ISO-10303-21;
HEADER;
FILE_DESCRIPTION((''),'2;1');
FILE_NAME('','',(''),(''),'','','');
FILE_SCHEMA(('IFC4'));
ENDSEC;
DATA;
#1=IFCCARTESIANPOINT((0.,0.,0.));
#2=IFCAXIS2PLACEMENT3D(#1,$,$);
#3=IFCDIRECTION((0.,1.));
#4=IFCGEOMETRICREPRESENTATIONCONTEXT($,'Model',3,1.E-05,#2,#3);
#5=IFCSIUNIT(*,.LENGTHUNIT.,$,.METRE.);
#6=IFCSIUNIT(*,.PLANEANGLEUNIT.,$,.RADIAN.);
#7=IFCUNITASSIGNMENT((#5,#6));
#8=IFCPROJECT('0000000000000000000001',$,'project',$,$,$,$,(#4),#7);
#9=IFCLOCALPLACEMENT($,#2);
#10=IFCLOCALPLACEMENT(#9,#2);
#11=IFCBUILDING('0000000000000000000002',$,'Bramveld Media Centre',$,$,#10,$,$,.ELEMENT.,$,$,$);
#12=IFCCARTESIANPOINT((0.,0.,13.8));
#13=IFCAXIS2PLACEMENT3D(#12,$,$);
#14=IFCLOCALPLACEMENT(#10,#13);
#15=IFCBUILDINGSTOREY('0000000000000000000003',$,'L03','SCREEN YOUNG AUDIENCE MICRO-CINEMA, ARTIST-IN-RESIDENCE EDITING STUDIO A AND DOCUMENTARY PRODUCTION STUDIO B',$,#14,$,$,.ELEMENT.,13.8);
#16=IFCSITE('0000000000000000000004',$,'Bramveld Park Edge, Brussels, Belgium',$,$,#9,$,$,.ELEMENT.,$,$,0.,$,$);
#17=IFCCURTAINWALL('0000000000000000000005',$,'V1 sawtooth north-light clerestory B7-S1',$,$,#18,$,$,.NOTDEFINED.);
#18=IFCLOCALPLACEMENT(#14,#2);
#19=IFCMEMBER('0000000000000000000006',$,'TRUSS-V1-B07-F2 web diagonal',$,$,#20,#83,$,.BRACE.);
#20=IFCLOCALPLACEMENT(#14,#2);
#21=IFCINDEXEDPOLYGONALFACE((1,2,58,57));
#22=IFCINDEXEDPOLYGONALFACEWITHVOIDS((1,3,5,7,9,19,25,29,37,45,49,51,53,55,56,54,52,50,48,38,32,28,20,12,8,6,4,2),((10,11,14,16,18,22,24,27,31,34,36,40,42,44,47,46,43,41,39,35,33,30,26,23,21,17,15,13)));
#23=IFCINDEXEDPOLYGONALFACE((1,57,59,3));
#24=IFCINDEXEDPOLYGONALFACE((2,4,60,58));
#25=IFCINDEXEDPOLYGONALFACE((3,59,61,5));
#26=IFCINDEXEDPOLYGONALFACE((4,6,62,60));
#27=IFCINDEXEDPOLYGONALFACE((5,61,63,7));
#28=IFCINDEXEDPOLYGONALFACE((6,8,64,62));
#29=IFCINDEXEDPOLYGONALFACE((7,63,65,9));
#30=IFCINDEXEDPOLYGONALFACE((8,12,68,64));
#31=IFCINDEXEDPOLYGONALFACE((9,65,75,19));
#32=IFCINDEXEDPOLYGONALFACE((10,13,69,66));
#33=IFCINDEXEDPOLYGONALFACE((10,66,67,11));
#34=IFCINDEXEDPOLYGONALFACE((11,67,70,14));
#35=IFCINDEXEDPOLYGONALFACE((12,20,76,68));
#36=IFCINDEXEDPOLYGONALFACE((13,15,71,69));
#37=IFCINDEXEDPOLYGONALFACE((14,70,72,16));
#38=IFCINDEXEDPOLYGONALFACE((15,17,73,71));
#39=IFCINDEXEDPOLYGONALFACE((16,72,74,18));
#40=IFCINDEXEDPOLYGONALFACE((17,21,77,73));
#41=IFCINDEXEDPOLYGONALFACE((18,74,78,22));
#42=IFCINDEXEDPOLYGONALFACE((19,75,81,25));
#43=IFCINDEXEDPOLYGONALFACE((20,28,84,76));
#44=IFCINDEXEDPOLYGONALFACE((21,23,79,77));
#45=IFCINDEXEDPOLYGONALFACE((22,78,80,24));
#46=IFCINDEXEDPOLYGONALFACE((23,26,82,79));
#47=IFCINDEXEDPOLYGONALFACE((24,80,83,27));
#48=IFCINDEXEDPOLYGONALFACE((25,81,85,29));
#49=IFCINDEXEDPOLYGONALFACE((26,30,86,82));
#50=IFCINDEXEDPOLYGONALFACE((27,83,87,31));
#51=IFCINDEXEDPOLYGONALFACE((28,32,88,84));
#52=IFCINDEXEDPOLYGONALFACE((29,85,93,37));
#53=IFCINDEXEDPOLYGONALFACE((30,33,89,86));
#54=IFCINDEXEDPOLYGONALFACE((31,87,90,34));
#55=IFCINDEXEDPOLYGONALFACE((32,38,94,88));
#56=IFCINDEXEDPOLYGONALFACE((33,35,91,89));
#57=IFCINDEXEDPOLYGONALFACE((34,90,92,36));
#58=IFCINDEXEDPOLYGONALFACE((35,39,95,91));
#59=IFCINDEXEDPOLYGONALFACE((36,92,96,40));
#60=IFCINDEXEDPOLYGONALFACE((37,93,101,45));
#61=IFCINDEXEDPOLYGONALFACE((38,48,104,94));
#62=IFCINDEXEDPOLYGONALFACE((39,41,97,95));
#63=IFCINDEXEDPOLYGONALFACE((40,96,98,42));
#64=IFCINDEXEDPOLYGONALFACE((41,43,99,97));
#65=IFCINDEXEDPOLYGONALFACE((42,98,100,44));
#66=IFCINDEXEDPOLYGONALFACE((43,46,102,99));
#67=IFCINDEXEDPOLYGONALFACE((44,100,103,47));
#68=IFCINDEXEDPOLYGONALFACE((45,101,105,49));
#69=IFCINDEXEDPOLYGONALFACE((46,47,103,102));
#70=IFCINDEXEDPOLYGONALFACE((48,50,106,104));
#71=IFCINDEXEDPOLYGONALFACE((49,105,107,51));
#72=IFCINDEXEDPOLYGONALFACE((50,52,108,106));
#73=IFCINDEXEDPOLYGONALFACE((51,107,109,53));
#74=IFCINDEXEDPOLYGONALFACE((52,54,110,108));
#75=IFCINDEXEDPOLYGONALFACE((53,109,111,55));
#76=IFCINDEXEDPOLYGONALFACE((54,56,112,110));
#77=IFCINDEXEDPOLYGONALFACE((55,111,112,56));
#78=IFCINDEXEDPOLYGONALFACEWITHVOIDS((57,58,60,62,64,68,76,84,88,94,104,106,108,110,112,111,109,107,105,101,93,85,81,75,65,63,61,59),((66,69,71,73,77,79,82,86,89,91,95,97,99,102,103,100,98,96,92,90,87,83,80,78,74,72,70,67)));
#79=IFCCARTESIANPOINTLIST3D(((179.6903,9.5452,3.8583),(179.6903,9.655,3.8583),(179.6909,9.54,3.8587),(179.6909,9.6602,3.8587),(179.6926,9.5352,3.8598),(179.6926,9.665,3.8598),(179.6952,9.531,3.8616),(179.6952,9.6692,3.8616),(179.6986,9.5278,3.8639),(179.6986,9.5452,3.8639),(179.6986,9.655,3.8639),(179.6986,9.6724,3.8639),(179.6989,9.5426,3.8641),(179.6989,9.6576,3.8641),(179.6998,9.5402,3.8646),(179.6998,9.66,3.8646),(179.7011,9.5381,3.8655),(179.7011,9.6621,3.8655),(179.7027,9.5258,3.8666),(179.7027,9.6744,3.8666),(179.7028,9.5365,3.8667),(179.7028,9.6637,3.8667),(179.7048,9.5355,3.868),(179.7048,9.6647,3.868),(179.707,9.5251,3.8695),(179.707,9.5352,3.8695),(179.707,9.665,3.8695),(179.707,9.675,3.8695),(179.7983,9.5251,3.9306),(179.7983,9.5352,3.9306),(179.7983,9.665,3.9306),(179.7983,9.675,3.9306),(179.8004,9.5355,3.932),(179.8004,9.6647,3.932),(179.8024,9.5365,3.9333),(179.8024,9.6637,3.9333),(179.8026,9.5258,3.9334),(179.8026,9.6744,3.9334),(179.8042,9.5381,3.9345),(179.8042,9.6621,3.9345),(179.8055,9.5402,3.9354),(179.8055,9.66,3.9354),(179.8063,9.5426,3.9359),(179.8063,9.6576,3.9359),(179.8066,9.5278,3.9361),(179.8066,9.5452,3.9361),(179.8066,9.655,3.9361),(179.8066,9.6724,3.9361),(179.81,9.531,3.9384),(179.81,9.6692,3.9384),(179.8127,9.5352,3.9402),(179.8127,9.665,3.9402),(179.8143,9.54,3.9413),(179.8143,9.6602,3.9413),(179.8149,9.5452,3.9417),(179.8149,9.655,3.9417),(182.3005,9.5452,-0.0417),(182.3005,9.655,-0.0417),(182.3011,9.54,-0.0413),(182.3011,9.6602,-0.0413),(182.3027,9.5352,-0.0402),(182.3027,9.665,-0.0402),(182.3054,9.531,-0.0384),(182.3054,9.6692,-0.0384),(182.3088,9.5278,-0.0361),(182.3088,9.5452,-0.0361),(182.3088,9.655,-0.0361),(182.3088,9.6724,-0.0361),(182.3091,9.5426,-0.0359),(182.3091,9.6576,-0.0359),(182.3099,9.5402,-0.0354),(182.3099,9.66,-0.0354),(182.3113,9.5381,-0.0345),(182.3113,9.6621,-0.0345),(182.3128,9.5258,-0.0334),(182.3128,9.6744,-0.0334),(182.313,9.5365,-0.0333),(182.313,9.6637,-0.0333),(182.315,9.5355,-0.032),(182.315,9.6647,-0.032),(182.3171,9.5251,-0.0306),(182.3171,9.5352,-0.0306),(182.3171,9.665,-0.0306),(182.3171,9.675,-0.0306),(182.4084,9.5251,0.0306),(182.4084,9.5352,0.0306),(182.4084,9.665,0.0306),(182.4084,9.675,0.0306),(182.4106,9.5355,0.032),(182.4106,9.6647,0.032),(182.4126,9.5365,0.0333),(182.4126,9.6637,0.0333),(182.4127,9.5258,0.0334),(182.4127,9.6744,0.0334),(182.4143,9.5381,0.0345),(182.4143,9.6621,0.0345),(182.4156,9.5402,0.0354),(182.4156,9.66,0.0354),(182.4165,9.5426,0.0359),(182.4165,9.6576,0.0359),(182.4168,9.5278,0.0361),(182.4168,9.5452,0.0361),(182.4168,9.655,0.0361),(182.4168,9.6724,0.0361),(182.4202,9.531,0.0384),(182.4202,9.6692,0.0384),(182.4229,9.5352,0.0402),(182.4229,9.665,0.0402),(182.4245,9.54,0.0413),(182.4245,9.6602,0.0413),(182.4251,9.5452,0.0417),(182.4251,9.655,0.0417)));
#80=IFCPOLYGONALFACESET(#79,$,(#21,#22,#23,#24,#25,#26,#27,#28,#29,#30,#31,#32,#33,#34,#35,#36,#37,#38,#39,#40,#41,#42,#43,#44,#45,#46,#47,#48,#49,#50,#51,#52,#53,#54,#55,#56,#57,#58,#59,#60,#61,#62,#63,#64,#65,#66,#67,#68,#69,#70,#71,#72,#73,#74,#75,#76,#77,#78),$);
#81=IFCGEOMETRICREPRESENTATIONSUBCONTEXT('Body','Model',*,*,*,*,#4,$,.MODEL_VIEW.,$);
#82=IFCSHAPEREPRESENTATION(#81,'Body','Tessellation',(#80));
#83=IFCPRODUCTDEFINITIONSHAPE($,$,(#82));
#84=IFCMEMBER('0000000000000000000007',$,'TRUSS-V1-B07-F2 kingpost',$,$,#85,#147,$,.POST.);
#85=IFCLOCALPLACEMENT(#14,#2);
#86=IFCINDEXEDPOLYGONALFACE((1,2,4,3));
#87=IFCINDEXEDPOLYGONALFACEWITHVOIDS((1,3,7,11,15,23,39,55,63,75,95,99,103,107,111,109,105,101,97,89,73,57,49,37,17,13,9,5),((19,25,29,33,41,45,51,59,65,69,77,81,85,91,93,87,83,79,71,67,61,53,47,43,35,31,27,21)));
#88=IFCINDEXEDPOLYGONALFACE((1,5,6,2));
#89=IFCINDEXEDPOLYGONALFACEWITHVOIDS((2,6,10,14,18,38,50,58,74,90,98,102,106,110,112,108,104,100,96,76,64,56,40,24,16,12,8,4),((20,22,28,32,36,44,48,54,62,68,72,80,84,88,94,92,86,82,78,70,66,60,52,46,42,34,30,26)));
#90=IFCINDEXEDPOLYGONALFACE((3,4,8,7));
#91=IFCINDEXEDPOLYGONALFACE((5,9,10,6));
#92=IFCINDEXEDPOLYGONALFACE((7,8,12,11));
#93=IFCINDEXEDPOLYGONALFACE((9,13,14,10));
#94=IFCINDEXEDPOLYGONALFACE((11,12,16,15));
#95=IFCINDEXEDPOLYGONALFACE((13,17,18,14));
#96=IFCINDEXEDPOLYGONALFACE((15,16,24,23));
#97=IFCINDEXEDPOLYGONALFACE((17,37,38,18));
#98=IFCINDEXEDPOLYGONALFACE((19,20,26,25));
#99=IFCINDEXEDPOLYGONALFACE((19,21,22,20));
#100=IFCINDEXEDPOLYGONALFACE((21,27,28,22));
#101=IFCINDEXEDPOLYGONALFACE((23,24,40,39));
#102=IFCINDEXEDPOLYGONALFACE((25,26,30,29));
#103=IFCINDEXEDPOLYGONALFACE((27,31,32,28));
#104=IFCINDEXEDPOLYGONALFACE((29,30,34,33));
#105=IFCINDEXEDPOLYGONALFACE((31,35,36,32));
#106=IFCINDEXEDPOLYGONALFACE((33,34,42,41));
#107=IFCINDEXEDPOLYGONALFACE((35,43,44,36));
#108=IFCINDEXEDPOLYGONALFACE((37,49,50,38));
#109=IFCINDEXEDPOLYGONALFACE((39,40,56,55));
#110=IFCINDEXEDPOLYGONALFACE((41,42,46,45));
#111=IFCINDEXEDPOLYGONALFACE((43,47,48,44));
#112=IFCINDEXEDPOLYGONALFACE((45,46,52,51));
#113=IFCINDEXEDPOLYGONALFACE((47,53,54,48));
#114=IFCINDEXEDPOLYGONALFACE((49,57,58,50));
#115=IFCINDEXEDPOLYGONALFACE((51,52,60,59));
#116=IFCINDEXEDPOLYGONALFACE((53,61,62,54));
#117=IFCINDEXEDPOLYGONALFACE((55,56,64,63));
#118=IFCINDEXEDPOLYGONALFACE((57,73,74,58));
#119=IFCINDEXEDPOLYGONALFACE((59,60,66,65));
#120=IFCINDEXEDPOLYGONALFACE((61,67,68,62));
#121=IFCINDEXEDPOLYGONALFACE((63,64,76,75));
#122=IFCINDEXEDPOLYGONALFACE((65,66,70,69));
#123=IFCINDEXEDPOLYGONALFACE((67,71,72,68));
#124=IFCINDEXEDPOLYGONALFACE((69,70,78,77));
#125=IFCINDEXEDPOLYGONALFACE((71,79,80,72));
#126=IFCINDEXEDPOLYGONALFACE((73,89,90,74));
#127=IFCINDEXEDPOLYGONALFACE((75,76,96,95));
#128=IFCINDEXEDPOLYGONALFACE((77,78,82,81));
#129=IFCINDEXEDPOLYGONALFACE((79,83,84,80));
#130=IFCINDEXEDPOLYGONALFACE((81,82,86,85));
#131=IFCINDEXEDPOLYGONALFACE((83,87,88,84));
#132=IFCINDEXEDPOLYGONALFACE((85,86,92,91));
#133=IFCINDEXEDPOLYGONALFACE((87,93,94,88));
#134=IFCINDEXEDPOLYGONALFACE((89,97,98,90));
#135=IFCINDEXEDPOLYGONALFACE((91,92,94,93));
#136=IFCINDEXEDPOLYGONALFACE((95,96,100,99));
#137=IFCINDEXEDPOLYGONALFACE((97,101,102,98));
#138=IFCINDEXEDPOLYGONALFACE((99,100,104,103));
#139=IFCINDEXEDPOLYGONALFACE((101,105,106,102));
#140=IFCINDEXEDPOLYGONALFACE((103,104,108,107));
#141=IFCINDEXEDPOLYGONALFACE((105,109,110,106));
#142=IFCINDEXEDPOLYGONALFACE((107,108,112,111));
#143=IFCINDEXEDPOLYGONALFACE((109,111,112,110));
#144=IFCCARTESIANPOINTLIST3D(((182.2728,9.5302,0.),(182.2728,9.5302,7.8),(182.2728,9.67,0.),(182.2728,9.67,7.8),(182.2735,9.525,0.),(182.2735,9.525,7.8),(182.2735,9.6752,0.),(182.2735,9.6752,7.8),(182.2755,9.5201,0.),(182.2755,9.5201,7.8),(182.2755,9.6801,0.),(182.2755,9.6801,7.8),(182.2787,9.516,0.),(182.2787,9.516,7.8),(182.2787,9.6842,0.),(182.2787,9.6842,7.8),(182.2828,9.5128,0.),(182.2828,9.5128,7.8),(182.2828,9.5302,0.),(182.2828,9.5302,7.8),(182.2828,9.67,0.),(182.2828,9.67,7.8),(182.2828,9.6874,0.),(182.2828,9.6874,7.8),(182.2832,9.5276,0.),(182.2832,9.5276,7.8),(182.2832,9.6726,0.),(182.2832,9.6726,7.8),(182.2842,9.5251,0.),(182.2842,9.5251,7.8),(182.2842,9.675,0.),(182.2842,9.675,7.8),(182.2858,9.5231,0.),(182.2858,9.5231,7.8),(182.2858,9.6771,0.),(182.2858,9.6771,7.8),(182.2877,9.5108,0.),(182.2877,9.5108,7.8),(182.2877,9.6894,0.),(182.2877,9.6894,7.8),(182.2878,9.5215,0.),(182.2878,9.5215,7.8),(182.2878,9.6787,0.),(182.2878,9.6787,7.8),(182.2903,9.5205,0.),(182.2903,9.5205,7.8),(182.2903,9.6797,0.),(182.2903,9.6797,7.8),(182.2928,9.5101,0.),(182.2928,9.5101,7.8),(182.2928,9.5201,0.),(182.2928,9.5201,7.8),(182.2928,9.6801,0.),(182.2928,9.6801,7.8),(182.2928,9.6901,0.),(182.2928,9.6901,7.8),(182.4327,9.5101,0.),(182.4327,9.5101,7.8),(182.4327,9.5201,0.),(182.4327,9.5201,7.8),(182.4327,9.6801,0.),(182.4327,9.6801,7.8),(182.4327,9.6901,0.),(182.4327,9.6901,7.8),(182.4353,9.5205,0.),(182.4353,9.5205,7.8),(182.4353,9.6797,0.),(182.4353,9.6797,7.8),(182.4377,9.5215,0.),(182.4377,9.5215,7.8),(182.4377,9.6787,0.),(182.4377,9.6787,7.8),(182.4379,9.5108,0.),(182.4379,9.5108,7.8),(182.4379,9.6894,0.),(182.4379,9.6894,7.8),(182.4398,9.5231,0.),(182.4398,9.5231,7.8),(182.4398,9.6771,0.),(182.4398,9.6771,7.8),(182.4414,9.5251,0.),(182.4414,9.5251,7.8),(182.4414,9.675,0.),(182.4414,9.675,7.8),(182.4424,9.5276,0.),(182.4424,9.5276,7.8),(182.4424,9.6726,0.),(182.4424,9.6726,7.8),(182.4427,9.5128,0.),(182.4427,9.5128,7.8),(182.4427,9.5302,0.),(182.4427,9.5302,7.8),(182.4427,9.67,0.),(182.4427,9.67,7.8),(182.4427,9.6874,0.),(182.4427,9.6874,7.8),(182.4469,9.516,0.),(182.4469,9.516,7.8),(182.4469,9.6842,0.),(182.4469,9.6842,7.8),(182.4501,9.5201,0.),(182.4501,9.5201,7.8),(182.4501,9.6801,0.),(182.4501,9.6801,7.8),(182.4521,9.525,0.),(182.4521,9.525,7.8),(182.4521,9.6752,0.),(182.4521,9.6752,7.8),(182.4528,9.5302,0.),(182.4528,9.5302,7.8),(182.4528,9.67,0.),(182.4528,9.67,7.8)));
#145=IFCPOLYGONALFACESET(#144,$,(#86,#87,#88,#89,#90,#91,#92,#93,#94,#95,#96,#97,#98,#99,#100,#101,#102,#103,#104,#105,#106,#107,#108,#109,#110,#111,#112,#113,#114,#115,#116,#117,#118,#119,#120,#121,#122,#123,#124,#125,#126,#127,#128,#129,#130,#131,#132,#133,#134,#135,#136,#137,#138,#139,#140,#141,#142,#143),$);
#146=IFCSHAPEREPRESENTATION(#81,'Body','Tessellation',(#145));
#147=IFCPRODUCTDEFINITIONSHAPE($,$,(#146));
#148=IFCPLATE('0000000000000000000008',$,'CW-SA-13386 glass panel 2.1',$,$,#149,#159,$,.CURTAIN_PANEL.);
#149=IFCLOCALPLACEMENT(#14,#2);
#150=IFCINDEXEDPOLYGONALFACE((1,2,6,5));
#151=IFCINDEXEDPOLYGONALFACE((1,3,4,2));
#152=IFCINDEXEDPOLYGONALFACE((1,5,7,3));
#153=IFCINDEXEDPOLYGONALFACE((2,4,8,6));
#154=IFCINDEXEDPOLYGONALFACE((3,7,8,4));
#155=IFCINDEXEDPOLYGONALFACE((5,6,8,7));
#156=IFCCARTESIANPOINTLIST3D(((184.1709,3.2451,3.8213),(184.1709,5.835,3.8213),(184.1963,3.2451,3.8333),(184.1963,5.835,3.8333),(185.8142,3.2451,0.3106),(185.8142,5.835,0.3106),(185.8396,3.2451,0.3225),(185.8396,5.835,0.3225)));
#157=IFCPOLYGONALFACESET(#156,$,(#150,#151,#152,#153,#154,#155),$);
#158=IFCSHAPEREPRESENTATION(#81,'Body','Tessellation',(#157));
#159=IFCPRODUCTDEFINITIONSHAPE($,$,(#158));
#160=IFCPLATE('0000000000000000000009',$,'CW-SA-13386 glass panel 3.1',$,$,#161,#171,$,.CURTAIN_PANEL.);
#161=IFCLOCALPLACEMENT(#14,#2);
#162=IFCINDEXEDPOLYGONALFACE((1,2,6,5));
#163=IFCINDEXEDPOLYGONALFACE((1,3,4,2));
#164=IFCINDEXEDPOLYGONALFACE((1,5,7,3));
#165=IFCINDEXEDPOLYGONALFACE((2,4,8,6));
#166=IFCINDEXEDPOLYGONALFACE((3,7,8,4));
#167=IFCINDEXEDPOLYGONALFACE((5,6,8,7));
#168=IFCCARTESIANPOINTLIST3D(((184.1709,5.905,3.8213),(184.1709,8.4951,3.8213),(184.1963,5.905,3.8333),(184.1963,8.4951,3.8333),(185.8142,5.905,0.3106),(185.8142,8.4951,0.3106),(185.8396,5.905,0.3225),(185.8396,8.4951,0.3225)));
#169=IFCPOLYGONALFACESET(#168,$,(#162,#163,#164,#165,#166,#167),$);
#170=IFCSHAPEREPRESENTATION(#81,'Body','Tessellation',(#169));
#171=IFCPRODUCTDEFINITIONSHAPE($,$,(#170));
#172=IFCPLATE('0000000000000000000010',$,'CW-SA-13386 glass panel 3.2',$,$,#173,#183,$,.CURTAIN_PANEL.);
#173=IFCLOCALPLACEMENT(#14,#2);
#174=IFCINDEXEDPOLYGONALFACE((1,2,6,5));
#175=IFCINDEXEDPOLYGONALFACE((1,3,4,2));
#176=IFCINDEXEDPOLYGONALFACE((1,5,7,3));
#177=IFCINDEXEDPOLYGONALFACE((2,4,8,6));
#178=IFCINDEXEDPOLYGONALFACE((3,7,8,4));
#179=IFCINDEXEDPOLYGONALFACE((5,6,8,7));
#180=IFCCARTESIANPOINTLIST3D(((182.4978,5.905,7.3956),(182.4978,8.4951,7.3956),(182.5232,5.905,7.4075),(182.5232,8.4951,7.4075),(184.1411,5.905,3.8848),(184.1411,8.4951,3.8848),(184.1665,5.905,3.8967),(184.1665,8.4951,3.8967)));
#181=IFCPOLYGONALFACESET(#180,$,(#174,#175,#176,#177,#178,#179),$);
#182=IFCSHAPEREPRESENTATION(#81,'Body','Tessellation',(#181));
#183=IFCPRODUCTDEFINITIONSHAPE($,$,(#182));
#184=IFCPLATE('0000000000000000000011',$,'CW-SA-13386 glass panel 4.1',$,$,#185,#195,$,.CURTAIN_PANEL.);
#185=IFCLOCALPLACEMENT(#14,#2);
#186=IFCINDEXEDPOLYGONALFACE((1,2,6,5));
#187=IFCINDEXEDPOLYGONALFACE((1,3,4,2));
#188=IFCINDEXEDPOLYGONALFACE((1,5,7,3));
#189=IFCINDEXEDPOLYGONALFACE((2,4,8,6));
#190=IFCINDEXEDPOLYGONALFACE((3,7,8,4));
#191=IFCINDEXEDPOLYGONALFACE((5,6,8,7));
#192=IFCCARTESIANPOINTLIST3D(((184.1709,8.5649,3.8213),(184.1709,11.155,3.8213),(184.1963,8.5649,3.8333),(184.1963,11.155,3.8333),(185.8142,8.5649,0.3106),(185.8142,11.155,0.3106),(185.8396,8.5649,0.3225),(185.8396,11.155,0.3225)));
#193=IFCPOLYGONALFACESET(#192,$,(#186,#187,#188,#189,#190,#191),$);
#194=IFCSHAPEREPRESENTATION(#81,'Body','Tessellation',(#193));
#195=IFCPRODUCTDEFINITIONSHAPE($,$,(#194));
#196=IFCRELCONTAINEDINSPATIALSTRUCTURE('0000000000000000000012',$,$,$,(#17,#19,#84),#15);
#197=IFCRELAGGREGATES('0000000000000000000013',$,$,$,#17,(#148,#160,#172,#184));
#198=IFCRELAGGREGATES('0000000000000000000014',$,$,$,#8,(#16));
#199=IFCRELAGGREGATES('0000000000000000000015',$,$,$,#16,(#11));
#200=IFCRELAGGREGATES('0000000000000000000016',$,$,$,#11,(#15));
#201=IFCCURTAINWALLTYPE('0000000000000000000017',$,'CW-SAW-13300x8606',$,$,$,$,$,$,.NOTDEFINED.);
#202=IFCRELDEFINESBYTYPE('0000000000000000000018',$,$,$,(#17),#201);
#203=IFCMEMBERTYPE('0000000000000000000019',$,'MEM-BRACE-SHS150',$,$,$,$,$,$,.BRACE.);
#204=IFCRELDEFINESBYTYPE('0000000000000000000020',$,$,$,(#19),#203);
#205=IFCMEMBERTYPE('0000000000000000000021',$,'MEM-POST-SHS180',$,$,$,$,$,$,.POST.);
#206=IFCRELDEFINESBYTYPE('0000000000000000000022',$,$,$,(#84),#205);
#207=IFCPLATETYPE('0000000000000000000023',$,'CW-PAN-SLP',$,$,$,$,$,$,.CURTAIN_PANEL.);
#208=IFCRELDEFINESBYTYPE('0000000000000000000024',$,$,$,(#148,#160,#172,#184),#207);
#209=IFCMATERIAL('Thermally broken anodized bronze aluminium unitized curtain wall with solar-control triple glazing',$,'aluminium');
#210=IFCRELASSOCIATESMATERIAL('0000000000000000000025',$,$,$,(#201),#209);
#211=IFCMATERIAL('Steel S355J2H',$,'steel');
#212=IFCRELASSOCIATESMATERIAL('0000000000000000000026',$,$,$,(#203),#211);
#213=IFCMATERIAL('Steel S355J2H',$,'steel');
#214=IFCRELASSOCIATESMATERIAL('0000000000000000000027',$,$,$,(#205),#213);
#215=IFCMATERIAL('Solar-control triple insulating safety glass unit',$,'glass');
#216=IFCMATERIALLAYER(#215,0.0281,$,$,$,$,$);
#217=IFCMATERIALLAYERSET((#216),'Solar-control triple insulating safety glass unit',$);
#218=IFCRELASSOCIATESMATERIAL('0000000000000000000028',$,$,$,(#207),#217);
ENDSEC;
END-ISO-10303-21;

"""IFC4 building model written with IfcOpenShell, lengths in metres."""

from ifc_helpers import new_model, si_unit, direction, frame, origin, origin_2d, place, context, subcontext, project, spatial, polyline, hollow_rectangle, outline, extrude, material, layer, layer_set, material_profile, profile_set, type_object, element, aggregate, save


model = new_model("IFC4")

# Units and contexts
model_context = context("Model", 3, precision=1e-05, world=origin(), true_north=direction((0.0, 1.0)))
body_context = subcontext(model_context, "Body", "Model", "MODEL_VIEW")
ifc_project = project(units=[si_unit("LENGTHUNIT", "METRE"), si_unit("PLANEANGLEUNIT", "RADIAN")], contexts=[model_context])

# Site, building, storey
site_placement = place(None, origin())
site = spatial("IfcSite", under=ifc_project, at=site_placement, Name="Bramveld Park Edge, Brussels, Belgium", CompositionType="ELEMENT", RefElevation=0.0)
building_placement = place(site_placement, origin())
building = spatial("IfcBuilding", under=site, at=building_placement, Name="Bramveld Media Centre", CompositionType="ELEMENT")
storey_placement = place(building_placement, frame((0.0, 0.0, 13.8)))
storey = spatial("IfcBuildingStorey", under=building, at=storey_placement, Name="L03", Description="SCREEN YOUNG AUDIENCE MICRO-CINEMA, ARTIST-IN-RESIDENCE EDITING STUDIO A AND DOCUMENTARY PRODUCTION STUDIO B", CompositionType="ELEMENT", Elevation=13.8)

# Curtain wall
ifc_material_1 = material(Name="Thermally broken anodized bronze aluminium unitized curtain wall with solar-control triple glazing", Category="aluminium")
curtain_wall_type = type_object("IfcCurtainWallType", Name="CW-SAW-13300x8606", PredefinedType="NOTDEFINED", material=ifc_material_1)
curtain_wall_placement = place(storey_placement, origin())
curtain_wall = element("IfcCurtainWall", 1, at=curtain_wall_placement, inside=storey, type_object=curtain_wall_type, Name="V1 sawtooth north-light clerestory B7-S1", PredefinedType="NOTDEFINED")

# Members
ifc_material_2 = material(Name="Steel S355J2H", Category="steel")
ifc_material_profile_1 = material_profile(ifc_material_2, hollow_rectangle(XDim=0.1499, YDim=0.1499, WallThickness=0.01, InnerFilletRadius=0.01, OuterFilletRadius=0.02, at=origin_2d()), Name="SHS 150x150x10")
ifc_profile_set_1 = profile_set([ifc_material_profile_1], Name="Steel S355J2H")
member_type_1 = type_object("IfcMemberType", Name="MEM-BRACE-SHS150", PredefinedType="BRACE", material=ifc_profile_set_1)
member_1_placement = place(storey_placement, frame((182.3628, 9.6001, 0.0), z_axis=(-0.5562, 0.0, 0.831048), x_axis=(0.0, -1.0, 0.0)))
element("IfcMember", 2, at=member_1_placement, inside=storey, type_object=member_type_1, Name="TRUSS-V1-B07-F2 web diagonal", PredefinedType="BRACE", context=body_context, shape_type="SweptSolid", body=[
    extrude(hollow_rectangle(XDim=0.1499, YDim=0.1499, WallThickness=0.01, InnerFilletRadius=0.01, OuterFilletRadius=0.02, at=origin_2d()), origin(), (0.0, 0.0, 1.0), 4.6929),
])
ifc_material_3 = material(Name="Steel S355J2H", Category="steel")
ifc_material_profile_2 = material_profile(ifc_material_3, hollow_rectangle(XDim=0.1799, YDim=0.1799, WallThickness=0.01, InnerFilletRadius=0.01, OuterFilletRadius=0.02, at=origin_2d()), Name="SHS 180x180x10")
ifc_profile_set_2 = profile_set([ifc_material_profile_2], Name="Steel S355J2H")
member_type_2 = type_object("IfcMemberType", Name="MEM-POST-SHS180", PredefinedType="POST", material=ifc_profile_set_2)
member_2_placement = place(storey_placement, frame((182.3628, 9.6001, 0.0), z_axis=(0.0, 0.0, 1.0), x_axis=(1.0, 0.0, 0.0)))
element("IfcMember", 3, at=member_2_placement, inside=storey, type_object=member_type_2, Name="TRUSS-V1-B07-F2 kingpost", PredefinedType="POST", context=body_context, shape_type="SweptSolid", body=[
    extrude(hollow_rectangle(XDim=0.1799, YDim=0.1799, WallThickness=0.01, InnerFilletRadius=0.01, OuterFilletRadius=0.02, at=origin_2d()), origin(), (0.0, 0.0, 1.0), 7.8),
])

# Plates
ifc_material_4 = material(Name="Solar-control triple insulating safety glass unit", Category="glass")
ifc_layer_1 = layer(ifc_material_4, 0.0281)
ifc_layer_set_1 = layer_set([ifc_layer_1], Name="Solar-control triple insulating safety glass unit")
plate_type_1 = type_object("IfcPlateType", Name="CW-PAN-SLP", PredefinedType="CURTAIN_PANEL", material=ifc_layer_set_1)
plate_1_placement = place(storey_placement, frame((185.8396, 3.2451, 0.3225), z_axis=(0.905692, 0.0, 0.423937), x_axis=(0.0, 1.0, 0.0)))
plate_1 = element("IfcPlate", 4, at=plate_1_placement, type_object=plate_type_1, Name="CW-SA-13386 glass panel 2.1", PredefinedType="CURTAIN_PANEL", context=body_context, shape_type="SweptSolid", body=[
    extrude(outline(polyline([(0.0, 0.0), (2.5898, 0.0), (2.5898, 3.8763), (0.0, 3.8763), (0.0, 0.0)])), origin(), (0.0, 0.0, -1.0), 0.0281),
])
plate_2_placement = place(storey_placement, frame((185.8396, 5.905, 0.3225), z_axis=(0.905692, 0.0, 0.423937), x_axis=(0.0, 1.0, 0.0)))
plate_2 = element("IfcPlate", 5, at=plate_2_placement, type_object=plate_type_1, Name="CW-SA-13386 glass panel 3.1", PredefinedType="CURTAIN_PANEL", context=body_context, shape_type="SweptSolid", body=[
    extrude(outline(polyline([(0.0, 0.0), (2.5901, 0.0), (2.5901, 3.8763), (0.0, 3.8763), (0.0, 0.0)])), origin(), (0.0, 0.0, -1.0), 0.0281),
])
plate_3_placement = place(storey_placement, frame((184.1665, 5.905, 3.8967), z_axis=(0.905692, 0.0, 0.423937), x_axis=(0.0, 1.0, 0.0)))
plate_3 = element("IfcPlate", 6, at=plate_3_placement, type_object=plate_type_1, Name="CW-SA-13386 glass panel 3.2", PredefinedType="CURTAIN_PANEL", context=body_context, shape_type="SweptSolid", body=[
    extrude(outline(polyline([(0.0, 0.0), (2.5901, 0.0), (2.5901, 3.8763), (0.0, 3.8763), (0.0, 0.0)])), origin(), (0.0, 0.0, -1.0), 0.0281),
])
plate_4_placement = place(storey_placement, frame((185.8396, 8.5649, 0.3225), z_axis=(0.905692, 0.0, 0.423937), x_axis=(0.0, 1.0, 0.0)))
plate_4 = element("IfcPlate", 7, at=plate_4_placement, type_object=plate_type_1, Name="CW-SA-13386 glass panel 4.1", PredefinedType="CURTAIN_PANEL", context=body_context, shape_type="SweptSolid", body=[
    extrude(outline(polyline([(0.0, 0.0), (2.5901, 0.0), (2.5901, 3.8763), (0.0, 3.8763), (0.0, 0.0)])), origin(), (0.0, 0.0, -1.0), 0.0281),
])
aggregate(curtain_wall, [plate_1, plate_2, plate_3, plate_4])

save(model, "model.ifc")
